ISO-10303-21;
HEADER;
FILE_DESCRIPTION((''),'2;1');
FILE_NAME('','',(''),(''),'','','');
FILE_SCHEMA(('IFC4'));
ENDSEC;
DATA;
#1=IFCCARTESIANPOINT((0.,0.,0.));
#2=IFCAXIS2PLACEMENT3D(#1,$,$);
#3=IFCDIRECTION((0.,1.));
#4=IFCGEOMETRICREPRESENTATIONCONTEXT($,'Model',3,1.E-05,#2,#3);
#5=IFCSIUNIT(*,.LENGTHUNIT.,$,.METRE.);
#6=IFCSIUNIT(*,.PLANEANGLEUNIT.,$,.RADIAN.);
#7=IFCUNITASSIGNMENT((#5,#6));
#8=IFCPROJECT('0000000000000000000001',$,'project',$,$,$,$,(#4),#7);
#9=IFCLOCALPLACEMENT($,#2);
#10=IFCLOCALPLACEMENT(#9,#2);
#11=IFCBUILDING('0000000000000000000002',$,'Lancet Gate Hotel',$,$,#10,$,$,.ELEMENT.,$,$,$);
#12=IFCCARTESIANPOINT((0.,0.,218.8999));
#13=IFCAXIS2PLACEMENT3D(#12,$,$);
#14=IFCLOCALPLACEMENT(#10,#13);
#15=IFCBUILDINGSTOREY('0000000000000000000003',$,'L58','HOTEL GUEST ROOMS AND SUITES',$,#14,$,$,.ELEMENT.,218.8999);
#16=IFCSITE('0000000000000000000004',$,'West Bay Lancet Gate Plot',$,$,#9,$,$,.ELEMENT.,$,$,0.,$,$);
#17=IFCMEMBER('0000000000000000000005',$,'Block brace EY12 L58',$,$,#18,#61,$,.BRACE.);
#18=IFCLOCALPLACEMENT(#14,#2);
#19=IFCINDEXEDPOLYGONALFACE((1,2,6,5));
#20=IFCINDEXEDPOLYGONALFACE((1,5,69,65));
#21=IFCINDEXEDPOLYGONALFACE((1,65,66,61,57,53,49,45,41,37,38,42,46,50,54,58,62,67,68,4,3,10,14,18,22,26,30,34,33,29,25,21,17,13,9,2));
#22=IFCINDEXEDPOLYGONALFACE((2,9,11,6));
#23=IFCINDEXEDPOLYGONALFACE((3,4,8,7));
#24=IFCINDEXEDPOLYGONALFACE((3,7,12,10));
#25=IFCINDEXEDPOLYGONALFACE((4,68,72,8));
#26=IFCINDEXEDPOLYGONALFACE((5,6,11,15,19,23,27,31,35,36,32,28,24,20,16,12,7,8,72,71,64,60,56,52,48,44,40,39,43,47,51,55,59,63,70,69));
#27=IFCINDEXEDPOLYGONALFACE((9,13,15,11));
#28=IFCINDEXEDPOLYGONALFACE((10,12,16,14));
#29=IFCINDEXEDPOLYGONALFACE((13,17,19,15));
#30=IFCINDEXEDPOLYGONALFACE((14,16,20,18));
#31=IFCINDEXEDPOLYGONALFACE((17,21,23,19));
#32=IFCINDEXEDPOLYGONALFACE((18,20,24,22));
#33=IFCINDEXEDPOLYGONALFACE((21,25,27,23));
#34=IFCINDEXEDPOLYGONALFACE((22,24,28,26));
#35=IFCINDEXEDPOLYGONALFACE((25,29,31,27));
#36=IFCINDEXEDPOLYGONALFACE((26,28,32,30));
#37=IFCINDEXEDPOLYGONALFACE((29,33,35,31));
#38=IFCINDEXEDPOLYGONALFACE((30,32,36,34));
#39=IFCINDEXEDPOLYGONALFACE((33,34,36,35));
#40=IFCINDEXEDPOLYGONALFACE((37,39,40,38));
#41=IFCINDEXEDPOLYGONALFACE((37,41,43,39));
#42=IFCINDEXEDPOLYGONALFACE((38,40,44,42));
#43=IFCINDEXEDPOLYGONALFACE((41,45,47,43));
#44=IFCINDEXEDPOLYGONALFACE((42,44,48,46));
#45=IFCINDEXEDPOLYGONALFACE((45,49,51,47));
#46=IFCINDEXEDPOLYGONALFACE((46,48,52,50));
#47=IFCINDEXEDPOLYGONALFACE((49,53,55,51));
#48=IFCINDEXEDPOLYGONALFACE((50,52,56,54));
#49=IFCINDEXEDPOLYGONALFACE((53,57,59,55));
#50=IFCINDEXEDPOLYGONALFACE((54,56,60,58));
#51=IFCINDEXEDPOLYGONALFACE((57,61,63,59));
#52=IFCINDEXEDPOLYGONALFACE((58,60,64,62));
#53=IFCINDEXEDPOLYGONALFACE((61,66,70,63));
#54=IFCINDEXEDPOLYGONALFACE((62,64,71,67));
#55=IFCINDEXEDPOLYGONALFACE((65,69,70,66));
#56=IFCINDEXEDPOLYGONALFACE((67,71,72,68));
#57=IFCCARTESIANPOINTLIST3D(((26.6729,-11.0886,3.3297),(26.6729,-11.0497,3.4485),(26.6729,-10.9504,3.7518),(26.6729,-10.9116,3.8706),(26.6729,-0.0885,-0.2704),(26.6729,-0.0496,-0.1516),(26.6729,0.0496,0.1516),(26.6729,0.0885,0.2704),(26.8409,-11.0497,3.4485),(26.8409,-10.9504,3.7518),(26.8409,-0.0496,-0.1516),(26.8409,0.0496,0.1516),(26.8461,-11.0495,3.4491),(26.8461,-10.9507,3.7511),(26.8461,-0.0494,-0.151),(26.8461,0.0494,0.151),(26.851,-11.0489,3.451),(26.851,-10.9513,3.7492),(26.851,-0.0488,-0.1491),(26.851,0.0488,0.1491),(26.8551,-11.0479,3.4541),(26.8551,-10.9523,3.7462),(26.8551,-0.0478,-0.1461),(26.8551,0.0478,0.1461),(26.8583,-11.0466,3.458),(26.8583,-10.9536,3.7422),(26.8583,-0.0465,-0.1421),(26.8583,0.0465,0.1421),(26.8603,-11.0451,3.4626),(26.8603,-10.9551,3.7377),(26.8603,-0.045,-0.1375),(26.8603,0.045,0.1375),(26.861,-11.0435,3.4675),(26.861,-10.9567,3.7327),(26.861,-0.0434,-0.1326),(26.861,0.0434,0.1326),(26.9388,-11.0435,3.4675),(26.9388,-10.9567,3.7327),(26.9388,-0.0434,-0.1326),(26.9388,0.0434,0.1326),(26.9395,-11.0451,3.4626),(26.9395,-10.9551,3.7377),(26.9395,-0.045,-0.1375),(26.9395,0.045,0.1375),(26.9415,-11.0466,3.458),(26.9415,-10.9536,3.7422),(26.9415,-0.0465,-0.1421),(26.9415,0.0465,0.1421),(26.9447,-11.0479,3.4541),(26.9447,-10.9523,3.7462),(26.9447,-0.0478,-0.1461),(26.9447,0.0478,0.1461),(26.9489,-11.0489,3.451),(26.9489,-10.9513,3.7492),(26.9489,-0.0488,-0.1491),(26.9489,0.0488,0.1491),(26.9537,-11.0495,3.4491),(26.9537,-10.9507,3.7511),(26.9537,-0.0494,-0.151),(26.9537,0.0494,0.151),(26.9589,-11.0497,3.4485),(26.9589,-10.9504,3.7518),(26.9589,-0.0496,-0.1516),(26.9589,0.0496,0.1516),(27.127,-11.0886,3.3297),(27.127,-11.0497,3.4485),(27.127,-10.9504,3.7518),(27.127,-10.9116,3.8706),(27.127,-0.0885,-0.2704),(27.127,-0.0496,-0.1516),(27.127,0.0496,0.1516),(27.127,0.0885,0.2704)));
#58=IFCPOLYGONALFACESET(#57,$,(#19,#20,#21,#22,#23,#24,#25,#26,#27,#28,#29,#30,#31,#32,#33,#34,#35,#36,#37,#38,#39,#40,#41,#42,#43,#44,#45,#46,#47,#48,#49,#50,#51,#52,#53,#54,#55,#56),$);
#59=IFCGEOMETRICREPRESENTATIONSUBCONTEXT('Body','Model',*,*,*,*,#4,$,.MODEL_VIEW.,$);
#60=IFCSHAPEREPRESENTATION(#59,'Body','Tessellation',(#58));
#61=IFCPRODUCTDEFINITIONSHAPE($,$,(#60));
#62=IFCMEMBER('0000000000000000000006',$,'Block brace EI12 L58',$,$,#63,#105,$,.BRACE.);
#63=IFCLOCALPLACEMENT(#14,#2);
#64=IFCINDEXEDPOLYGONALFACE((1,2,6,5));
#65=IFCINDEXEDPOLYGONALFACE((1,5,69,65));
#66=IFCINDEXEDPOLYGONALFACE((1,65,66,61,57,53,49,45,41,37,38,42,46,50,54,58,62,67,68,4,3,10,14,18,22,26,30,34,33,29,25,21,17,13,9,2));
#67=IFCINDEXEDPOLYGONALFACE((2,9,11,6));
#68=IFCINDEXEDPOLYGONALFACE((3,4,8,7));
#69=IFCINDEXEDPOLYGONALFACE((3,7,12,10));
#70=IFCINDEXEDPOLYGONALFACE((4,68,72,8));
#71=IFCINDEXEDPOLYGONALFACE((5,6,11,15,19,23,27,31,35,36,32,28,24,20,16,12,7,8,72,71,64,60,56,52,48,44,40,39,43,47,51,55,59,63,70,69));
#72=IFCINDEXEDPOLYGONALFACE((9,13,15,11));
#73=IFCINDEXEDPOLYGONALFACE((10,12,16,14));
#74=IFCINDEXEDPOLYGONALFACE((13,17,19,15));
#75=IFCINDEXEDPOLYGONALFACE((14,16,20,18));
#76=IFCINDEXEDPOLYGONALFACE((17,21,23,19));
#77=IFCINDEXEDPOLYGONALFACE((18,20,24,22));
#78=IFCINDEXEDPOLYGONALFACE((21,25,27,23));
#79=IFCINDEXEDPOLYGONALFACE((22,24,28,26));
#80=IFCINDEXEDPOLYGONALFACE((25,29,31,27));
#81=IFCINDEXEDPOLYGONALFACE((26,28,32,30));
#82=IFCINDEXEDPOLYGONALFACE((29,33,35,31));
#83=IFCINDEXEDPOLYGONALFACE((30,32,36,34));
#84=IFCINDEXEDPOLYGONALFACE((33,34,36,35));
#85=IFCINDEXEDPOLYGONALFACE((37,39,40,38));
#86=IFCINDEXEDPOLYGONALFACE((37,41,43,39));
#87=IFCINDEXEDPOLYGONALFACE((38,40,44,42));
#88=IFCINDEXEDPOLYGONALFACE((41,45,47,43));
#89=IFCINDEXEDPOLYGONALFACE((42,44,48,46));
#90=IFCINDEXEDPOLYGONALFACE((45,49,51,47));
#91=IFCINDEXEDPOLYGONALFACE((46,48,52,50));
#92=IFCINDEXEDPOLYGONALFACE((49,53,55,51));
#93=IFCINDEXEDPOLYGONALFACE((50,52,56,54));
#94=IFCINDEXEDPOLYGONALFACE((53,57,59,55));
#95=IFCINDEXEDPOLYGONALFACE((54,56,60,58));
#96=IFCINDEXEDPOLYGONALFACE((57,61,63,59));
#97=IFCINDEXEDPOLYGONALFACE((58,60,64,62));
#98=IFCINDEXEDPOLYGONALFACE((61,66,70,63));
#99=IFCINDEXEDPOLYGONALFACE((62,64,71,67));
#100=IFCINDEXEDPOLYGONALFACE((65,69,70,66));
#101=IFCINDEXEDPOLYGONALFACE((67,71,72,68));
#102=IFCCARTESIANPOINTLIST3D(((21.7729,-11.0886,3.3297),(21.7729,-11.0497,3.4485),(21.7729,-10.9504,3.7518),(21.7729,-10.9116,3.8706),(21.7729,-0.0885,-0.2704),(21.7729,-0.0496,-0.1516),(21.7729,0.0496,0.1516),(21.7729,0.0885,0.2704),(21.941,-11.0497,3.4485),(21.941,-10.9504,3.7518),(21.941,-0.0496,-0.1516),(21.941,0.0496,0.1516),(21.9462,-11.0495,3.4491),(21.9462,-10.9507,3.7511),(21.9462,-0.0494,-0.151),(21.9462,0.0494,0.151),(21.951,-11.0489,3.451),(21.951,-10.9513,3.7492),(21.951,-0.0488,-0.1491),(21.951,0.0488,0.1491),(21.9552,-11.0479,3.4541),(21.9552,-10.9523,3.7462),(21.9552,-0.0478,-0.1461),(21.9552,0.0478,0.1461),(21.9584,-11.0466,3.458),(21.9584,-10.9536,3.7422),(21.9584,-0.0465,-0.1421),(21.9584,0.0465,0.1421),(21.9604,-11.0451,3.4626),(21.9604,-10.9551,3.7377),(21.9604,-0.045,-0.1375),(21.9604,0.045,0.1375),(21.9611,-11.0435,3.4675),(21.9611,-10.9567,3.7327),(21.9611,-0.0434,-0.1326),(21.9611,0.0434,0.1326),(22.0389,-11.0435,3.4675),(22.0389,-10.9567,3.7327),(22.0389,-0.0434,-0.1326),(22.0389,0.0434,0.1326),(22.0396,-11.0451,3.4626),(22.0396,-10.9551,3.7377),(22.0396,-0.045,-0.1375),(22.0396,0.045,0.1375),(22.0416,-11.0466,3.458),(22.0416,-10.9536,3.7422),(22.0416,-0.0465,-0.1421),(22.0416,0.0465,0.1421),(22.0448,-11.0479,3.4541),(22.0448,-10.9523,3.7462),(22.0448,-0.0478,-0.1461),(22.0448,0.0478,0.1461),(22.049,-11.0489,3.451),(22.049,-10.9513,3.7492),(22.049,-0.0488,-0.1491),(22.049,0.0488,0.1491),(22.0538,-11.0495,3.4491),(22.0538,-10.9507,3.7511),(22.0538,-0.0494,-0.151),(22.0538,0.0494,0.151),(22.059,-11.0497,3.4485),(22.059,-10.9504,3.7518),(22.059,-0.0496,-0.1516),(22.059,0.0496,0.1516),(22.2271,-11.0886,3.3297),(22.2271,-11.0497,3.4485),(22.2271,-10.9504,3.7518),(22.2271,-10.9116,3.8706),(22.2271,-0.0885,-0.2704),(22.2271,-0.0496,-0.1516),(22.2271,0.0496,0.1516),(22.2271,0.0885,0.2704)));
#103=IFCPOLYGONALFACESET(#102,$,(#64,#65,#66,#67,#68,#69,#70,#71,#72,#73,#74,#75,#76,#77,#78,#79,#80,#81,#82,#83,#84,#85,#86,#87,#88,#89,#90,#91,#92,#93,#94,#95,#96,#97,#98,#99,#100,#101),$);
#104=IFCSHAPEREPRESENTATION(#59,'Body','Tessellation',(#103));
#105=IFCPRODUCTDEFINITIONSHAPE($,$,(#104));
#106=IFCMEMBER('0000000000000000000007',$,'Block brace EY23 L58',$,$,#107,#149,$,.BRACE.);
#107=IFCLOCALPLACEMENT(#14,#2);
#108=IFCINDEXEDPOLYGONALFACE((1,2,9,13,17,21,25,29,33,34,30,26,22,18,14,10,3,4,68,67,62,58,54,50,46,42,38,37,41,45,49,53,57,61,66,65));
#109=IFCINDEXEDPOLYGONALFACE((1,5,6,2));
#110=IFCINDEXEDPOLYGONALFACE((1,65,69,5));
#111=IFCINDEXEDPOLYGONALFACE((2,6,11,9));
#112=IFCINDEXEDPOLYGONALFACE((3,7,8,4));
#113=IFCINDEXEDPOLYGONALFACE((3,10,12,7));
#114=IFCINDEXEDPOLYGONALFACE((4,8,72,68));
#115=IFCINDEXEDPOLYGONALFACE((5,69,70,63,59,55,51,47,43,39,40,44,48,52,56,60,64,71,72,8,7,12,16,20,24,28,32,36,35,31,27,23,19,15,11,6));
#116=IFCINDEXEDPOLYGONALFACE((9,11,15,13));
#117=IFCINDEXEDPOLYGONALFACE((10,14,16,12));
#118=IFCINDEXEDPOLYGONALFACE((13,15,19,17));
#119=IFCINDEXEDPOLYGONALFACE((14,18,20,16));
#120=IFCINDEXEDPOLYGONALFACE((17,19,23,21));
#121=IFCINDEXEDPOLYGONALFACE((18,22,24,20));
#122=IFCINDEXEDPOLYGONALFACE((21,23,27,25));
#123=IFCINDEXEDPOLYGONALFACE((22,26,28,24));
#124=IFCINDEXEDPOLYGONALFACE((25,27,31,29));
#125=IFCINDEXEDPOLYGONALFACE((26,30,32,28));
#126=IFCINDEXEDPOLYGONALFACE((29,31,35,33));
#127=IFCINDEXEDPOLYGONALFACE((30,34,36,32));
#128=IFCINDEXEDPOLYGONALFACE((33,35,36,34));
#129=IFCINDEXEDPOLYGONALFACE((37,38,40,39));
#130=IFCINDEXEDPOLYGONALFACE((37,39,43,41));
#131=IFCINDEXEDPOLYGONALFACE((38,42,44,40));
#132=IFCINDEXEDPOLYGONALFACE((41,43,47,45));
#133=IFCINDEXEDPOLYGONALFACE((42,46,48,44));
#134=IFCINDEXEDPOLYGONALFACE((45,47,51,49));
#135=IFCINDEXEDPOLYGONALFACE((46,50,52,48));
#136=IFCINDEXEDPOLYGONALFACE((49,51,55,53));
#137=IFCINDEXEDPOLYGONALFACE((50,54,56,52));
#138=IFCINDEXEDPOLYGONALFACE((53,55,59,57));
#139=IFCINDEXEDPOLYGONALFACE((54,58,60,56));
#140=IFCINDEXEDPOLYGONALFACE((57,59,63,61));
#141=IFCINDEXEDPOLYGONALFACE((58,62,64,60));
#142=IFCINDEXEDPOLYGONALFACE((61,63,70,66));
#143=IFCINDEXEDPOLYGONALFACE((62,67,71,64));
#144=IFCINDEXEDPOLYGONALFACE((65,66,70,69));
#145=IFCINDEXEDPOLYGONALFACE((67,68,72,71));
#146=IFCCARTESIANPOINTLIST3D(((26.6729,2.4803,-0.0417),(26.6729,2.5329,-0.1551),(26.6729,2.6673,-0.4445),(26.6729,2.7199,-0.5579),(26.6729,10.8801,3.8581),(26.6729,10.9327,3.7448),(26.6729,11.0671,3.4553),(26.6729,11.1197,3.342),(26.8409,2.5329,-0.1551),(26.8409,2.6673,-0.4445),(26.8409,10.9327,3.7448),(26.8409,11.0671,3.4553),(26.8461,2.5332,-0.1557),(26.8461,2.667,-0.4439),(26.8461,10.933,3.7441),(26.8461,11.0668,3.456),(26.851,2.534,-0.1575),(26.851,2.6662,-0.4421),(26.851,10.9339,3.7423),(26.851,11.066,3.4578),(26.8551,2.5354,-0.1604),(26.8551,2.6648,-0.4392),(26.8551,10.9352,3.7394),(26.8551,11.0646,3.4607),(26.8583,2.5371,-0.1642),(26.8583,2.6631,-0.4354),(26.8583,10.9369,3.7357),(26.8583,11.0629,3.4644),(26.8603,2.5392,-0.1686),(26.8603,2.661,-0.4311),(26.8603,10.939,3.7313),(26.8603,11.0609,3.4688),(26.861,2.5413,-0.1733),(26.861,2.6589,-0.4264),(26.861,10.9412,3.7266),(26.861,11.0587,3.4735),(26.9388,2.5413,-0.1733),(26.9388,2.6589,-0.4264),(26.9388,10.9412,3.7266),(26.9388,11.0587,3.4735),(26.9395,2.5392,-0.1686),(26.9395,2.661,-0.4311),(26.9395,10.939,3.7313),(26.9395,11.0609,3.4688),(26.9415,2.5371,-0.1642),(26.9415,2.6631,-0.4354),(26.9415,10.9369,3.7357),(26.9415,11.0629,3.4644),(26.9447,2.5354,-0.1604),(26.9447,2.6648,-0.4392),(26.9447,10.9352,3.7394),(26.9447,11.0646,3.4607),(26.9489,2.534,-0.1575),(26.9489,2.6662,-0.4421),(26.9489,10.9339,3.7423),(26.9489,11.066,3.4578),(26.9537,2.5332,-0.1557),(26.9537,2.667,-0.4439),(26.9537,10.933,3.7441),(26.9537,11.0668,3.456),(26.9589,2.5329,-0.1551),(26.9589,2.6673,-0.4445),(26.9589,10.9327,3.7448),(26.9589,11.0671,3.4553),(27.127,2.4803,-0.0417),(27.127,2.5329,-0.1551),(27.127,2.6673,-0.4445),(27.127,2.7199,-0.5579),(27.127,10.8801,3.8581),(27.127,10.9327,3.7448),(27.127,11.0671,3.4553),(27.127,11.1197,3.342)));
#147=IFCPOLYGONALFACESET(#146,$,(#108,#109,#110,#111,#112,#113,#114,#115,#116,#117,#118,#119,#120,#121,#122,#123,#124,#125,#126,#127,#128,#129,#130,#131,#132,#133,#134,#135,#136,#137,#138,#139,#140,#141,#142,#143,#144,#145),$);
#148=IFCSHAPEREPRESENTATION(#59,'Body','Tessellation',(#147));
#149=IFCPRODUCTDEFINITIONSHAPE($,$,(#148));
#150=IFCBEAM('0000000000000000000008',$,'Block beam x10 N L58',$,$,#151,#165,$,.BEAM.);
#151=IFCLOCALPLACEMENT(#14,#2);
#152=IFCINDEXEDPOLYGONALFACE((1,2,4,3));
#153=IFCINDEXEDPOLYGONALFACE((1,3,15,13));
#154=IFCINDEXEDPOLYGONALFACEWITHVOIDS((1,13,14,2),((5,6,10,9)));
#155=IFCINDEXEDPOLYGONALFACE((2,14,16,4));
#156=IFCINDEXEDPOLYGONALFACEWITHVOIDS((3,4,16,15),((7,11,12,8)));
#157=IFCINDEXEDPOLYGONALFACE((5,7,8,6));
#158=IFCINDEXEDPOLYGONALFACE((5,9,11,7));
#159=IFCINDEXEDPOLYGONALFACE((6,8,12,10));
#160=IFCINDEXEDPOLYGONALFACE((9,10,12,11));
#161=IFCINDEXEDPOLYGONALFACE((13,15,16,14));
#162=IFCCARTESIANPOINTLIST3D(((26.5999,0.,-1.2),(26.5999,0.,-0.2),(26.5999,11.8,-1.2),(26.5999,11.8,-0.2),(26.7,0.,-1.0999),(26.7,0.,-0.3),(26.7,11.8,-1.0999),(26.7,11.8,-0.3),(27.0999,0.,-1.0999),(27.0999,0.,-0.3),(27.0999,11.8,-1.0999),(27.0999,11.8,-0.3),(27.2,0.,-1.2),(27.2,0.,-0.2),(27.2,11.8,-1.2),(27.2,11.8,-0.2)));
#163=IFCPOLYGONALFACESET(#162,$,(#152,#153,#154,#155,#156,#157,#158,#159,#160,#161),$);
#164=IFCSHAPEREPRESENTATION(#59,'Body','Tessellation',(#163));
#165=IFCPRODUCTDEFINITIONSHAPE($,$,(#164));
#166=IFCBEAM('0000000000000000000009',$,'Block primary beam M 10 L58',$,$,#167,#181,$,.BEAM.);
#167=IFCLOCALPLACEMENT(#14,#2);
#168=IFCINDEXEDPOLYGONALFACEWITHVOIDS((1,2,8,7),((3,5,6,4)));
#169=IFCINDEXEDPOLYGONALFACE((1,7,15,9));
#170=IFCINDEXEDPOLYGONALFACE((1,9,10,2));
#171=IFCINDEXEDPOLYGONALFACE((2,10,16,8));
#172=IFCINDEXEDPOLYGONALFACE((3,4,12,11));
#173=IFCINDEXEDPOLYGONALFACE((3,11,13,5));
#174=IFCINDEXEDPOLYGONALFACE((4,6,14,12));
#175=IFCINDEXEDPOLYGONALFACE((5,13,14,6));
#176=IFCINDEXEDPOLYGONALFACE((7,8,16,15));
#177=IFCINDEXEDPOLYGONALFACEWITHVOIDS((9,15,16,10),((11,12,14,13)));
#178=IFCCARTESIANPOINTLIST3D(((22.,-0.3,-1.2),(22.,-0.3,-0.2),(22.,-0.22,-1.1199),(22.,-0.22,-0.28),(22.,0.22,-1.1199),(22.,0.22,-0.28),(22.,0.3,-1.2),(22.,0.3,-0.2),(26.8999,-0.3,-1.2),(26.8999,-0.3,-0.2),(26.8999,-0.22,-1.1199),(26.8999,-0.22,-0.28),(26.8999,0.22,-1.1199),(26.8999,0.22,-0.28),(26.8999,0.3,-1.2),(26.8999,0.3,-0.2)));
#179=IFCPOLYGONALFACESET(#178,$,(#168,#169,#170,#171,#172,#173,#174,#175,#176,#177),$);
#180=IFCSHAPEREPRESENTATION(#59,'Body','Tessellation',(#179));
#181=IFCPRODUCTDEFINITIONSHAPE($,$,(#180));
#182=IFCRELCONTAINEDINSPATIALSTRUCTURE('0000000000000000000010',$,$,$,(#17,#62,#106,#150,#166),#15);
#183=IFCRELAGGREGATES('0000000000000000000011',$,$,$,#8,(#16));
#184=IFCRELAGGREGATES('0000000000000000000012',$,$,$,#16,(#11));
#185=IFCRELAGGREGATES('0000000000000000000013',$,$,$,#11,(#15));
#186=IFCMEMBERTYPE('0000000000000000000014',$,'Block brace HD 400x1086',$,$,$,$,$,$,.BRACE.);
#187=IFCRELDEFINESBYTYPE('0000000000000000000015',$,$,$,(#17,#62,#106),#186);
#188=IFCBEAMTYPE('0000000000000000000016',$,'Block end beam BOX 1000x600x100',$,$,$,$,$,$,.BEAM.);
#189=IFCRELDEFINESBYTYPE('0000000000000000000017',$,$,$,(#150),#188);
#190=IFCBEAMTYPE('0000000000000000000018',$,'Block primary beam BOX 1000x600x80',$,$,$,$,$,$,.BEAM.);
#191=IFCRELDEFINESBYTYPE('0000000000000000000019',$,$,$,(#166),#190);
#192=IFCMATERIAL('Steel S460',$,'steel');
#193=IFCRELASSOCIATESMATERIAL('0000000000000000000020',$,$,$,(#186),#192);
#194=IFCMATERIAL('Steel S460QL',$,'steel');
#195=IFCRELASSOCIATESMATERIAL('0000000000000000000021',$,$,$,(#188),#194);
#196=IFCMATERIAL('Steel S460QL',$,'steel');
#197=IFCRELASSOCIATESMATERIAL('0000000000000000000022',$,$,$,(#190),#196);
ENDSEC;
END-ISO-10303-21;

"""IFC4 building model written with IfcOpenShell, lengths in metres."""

from ifc_helpers import new_model, si_unit, direction, frame, origin, origin_2d, place, context, subcontext, project, spatial, hollow_rectangle, i_section, extrude, material, material_profile, profile_set, type_object, element, save


model = new_model("IFC4")

# Units and contexts
model_context = context("Model", 3, precision=1e-05, world=origin(), true_north=direction((0.0, 1.0)))
body_context = subcontext(model_context, "Body", "Model", "MODEL_VIEW")
ifc_project = project(units=[si_unit("LENGTHUNIT", "METRE"), si_unit("PLANEANGLEUNIT", "RADIAN")], contexts=[model_context])

# Site, building, storey
site_placement = place(None, origin())
site = spatial("IfcSite", under=ifc_project, at=site_placement, Name="West Bay Lancet Gate Plot", CompositionType="ELEMENT", RefElevation=0.0)
building_placement = place(site_placement, origin())
building = spatial("IfcBuilding", under=site, at=building_placement, Name="Lancet Gate Hotel", CompositionType="ELEMENT")
storey_placement = place(building_placement, frame((0.0, 0.0, 218.8999)))
storey = spatial("IfcBuildingStorey", under=building, at=storey_placement, Name="L58", Description="HOTEL GUEST ROOMS AND SUITES", CompositionType="ELEMENT", Elevation=218.8999)

# Members
ifc_material_1 = material(Name="Steel S460", Category="steel")
ifc_material_profile_1 = material_profile(ifc_material_1, i_section(OverallWidth=0.4541, OverallDepth=0.5691, WebThickness=0.0779, FlangeThickness=0.125, FilletRadius=0.02, at=origin_2d()), Name="HD 400x1086")
ifc_profile_set_1 = profile_set([ifc_material_profile_1], Name="Steel S460")
member_type_1 = type_object("IfcMemberType", Name="Block brace HD 400x1086", PredefinedType="BRACE", material=ifc_profile_set_1)
for number, where, z_axis, x_axis, name in (
    (1, (26.8999, 0.0, 0.0), (0.0, -0.950395, 0.311047), (1.0, 0.0, 0.0), "Block brace EY12 L58"),
    (2, (22.0, 0.0, 0.0), (0.0, -0.950395, 0.311047), (1.0, 0.0, 0.0), "Block brace EI12 L58"),
):
    element("IfcMember", number, at=place(storey_placement, frame(where, z_axis=z_axis, x_axis=x_axis)), inside=storey, type_object=member_type_1, Name=name, PredefinedType="BRACE", context=body_context, shape_type="SweptSolid", body=[
        extrude(i_section(OverallWidth=0.4541, OverallDepth=0.5691, WebThickness=0.0779, FlangeThickness=0.125, FilletRadius=0.02, at=origin_2d()), origin(), (0.0, 0.0, 1.0), 11.5742),
    ])
member_1_placement = place(storey_placement, frame((26.8999, 2.6001, -0.2998), z_axis=(0.0, 0.907011, 0.421107), x_axis=(-1.0, 0.0, 0.0)))
element("IfcMember", 3, at=member_1_placement, inside=storey, type_object=member_type_1, Name="Block brace EY23 L58", PredefinedType="BRACE", context=body_context, shape_type="SweptSolid", body=[
    extrude(i_section(OverallWidth=0.4541, OverallDepth=0.5691, WebThickness=0.0779, FlangeThickness=0.125, FilletRadius=0.02, at=origin_2d()), origin(), (0.0, 0.0, 1.0), 9.261),
])

# Beams
ifc_material_2 = material(Name="Steel S460QL", Category="steel")
ifc_material_profile_2 = material_profile(ifc_material_2, hollow_rectangle(XDim=0.6001, YDim=1.0, WallThickness=0.1001, at=origin_2d()), Name="BOX 1000x600x100")
ifc_profile_set_2 = profile_set([ifc_material_profile_2], Name="Steel S460QL")
beam_type_1 = type_object("IfcBeamType", Name="Block end beam BOX 1000x600x100", PredefinedType="BEAM", material=ifc_profile_set_2)
beam_1_placement = place(storey_placement, frame((26.8999, 0.0, -0.7), z_axis=(0.0, 1.0, 0.0), x_axis=(-1.0, 0.0, 0.0)))
element("IfcBeam", 4, at=beam_1_placement, inside=storey, type_object=beam_type_1, Name="Block beam x10 N L58", PredefinedType="BEAM", context=body_context, shape_type="SweptSolid", body=[
    extrude(hollow_rectangle(XDim=0.6001, YDim=1.0, WallThickness=0.1001, at=origin_2d()), origin(), (0.0, 0.0, 1.0), 11.8),
])
ifc_material_3 = material(Name="Steel S460QL", Category="steel")
ifc_material_profile_3 = material_profile(ifc_material_3, hollow_rectangle(XDim=0.6001, YDim=1.0, WallThickness=0.0801, at=origin_2d()), Name="BOX 1000x600x80")
ifc_profile_set_3 = profile_set([ifc_material_profile_3], Name="Steel S460QL")
beam_type_2 = type_object("IfcBeamType", Name="Block primary beam BOX 1000x600x80", PredefinedType="BEAM", material=ifc_profile_set_3)
beam_2_placement = place(storey_placement, frame((22.0, 0.0, -0.7), z_axis=(1.0, 0.0, 0.0), x_axis=(0.0, 1.0, 0.0)))
element("IfcBeam", 5, at=beam_2_placement, inside=storey, type_object=beam_type_2, Name="Block primary beam M 10 L58", PredefinedType="BEAM", context=body_context, shape_type="SweptSolid", body=[
    extrude(hollow_rectangle(XDim=0.6001, YDim=1.0, WallThickness=0.0801, at=origin_2d()), origin(), (0.0, 0.0, 1.0), 4.8999),
])

save(model, "model.ifc")
